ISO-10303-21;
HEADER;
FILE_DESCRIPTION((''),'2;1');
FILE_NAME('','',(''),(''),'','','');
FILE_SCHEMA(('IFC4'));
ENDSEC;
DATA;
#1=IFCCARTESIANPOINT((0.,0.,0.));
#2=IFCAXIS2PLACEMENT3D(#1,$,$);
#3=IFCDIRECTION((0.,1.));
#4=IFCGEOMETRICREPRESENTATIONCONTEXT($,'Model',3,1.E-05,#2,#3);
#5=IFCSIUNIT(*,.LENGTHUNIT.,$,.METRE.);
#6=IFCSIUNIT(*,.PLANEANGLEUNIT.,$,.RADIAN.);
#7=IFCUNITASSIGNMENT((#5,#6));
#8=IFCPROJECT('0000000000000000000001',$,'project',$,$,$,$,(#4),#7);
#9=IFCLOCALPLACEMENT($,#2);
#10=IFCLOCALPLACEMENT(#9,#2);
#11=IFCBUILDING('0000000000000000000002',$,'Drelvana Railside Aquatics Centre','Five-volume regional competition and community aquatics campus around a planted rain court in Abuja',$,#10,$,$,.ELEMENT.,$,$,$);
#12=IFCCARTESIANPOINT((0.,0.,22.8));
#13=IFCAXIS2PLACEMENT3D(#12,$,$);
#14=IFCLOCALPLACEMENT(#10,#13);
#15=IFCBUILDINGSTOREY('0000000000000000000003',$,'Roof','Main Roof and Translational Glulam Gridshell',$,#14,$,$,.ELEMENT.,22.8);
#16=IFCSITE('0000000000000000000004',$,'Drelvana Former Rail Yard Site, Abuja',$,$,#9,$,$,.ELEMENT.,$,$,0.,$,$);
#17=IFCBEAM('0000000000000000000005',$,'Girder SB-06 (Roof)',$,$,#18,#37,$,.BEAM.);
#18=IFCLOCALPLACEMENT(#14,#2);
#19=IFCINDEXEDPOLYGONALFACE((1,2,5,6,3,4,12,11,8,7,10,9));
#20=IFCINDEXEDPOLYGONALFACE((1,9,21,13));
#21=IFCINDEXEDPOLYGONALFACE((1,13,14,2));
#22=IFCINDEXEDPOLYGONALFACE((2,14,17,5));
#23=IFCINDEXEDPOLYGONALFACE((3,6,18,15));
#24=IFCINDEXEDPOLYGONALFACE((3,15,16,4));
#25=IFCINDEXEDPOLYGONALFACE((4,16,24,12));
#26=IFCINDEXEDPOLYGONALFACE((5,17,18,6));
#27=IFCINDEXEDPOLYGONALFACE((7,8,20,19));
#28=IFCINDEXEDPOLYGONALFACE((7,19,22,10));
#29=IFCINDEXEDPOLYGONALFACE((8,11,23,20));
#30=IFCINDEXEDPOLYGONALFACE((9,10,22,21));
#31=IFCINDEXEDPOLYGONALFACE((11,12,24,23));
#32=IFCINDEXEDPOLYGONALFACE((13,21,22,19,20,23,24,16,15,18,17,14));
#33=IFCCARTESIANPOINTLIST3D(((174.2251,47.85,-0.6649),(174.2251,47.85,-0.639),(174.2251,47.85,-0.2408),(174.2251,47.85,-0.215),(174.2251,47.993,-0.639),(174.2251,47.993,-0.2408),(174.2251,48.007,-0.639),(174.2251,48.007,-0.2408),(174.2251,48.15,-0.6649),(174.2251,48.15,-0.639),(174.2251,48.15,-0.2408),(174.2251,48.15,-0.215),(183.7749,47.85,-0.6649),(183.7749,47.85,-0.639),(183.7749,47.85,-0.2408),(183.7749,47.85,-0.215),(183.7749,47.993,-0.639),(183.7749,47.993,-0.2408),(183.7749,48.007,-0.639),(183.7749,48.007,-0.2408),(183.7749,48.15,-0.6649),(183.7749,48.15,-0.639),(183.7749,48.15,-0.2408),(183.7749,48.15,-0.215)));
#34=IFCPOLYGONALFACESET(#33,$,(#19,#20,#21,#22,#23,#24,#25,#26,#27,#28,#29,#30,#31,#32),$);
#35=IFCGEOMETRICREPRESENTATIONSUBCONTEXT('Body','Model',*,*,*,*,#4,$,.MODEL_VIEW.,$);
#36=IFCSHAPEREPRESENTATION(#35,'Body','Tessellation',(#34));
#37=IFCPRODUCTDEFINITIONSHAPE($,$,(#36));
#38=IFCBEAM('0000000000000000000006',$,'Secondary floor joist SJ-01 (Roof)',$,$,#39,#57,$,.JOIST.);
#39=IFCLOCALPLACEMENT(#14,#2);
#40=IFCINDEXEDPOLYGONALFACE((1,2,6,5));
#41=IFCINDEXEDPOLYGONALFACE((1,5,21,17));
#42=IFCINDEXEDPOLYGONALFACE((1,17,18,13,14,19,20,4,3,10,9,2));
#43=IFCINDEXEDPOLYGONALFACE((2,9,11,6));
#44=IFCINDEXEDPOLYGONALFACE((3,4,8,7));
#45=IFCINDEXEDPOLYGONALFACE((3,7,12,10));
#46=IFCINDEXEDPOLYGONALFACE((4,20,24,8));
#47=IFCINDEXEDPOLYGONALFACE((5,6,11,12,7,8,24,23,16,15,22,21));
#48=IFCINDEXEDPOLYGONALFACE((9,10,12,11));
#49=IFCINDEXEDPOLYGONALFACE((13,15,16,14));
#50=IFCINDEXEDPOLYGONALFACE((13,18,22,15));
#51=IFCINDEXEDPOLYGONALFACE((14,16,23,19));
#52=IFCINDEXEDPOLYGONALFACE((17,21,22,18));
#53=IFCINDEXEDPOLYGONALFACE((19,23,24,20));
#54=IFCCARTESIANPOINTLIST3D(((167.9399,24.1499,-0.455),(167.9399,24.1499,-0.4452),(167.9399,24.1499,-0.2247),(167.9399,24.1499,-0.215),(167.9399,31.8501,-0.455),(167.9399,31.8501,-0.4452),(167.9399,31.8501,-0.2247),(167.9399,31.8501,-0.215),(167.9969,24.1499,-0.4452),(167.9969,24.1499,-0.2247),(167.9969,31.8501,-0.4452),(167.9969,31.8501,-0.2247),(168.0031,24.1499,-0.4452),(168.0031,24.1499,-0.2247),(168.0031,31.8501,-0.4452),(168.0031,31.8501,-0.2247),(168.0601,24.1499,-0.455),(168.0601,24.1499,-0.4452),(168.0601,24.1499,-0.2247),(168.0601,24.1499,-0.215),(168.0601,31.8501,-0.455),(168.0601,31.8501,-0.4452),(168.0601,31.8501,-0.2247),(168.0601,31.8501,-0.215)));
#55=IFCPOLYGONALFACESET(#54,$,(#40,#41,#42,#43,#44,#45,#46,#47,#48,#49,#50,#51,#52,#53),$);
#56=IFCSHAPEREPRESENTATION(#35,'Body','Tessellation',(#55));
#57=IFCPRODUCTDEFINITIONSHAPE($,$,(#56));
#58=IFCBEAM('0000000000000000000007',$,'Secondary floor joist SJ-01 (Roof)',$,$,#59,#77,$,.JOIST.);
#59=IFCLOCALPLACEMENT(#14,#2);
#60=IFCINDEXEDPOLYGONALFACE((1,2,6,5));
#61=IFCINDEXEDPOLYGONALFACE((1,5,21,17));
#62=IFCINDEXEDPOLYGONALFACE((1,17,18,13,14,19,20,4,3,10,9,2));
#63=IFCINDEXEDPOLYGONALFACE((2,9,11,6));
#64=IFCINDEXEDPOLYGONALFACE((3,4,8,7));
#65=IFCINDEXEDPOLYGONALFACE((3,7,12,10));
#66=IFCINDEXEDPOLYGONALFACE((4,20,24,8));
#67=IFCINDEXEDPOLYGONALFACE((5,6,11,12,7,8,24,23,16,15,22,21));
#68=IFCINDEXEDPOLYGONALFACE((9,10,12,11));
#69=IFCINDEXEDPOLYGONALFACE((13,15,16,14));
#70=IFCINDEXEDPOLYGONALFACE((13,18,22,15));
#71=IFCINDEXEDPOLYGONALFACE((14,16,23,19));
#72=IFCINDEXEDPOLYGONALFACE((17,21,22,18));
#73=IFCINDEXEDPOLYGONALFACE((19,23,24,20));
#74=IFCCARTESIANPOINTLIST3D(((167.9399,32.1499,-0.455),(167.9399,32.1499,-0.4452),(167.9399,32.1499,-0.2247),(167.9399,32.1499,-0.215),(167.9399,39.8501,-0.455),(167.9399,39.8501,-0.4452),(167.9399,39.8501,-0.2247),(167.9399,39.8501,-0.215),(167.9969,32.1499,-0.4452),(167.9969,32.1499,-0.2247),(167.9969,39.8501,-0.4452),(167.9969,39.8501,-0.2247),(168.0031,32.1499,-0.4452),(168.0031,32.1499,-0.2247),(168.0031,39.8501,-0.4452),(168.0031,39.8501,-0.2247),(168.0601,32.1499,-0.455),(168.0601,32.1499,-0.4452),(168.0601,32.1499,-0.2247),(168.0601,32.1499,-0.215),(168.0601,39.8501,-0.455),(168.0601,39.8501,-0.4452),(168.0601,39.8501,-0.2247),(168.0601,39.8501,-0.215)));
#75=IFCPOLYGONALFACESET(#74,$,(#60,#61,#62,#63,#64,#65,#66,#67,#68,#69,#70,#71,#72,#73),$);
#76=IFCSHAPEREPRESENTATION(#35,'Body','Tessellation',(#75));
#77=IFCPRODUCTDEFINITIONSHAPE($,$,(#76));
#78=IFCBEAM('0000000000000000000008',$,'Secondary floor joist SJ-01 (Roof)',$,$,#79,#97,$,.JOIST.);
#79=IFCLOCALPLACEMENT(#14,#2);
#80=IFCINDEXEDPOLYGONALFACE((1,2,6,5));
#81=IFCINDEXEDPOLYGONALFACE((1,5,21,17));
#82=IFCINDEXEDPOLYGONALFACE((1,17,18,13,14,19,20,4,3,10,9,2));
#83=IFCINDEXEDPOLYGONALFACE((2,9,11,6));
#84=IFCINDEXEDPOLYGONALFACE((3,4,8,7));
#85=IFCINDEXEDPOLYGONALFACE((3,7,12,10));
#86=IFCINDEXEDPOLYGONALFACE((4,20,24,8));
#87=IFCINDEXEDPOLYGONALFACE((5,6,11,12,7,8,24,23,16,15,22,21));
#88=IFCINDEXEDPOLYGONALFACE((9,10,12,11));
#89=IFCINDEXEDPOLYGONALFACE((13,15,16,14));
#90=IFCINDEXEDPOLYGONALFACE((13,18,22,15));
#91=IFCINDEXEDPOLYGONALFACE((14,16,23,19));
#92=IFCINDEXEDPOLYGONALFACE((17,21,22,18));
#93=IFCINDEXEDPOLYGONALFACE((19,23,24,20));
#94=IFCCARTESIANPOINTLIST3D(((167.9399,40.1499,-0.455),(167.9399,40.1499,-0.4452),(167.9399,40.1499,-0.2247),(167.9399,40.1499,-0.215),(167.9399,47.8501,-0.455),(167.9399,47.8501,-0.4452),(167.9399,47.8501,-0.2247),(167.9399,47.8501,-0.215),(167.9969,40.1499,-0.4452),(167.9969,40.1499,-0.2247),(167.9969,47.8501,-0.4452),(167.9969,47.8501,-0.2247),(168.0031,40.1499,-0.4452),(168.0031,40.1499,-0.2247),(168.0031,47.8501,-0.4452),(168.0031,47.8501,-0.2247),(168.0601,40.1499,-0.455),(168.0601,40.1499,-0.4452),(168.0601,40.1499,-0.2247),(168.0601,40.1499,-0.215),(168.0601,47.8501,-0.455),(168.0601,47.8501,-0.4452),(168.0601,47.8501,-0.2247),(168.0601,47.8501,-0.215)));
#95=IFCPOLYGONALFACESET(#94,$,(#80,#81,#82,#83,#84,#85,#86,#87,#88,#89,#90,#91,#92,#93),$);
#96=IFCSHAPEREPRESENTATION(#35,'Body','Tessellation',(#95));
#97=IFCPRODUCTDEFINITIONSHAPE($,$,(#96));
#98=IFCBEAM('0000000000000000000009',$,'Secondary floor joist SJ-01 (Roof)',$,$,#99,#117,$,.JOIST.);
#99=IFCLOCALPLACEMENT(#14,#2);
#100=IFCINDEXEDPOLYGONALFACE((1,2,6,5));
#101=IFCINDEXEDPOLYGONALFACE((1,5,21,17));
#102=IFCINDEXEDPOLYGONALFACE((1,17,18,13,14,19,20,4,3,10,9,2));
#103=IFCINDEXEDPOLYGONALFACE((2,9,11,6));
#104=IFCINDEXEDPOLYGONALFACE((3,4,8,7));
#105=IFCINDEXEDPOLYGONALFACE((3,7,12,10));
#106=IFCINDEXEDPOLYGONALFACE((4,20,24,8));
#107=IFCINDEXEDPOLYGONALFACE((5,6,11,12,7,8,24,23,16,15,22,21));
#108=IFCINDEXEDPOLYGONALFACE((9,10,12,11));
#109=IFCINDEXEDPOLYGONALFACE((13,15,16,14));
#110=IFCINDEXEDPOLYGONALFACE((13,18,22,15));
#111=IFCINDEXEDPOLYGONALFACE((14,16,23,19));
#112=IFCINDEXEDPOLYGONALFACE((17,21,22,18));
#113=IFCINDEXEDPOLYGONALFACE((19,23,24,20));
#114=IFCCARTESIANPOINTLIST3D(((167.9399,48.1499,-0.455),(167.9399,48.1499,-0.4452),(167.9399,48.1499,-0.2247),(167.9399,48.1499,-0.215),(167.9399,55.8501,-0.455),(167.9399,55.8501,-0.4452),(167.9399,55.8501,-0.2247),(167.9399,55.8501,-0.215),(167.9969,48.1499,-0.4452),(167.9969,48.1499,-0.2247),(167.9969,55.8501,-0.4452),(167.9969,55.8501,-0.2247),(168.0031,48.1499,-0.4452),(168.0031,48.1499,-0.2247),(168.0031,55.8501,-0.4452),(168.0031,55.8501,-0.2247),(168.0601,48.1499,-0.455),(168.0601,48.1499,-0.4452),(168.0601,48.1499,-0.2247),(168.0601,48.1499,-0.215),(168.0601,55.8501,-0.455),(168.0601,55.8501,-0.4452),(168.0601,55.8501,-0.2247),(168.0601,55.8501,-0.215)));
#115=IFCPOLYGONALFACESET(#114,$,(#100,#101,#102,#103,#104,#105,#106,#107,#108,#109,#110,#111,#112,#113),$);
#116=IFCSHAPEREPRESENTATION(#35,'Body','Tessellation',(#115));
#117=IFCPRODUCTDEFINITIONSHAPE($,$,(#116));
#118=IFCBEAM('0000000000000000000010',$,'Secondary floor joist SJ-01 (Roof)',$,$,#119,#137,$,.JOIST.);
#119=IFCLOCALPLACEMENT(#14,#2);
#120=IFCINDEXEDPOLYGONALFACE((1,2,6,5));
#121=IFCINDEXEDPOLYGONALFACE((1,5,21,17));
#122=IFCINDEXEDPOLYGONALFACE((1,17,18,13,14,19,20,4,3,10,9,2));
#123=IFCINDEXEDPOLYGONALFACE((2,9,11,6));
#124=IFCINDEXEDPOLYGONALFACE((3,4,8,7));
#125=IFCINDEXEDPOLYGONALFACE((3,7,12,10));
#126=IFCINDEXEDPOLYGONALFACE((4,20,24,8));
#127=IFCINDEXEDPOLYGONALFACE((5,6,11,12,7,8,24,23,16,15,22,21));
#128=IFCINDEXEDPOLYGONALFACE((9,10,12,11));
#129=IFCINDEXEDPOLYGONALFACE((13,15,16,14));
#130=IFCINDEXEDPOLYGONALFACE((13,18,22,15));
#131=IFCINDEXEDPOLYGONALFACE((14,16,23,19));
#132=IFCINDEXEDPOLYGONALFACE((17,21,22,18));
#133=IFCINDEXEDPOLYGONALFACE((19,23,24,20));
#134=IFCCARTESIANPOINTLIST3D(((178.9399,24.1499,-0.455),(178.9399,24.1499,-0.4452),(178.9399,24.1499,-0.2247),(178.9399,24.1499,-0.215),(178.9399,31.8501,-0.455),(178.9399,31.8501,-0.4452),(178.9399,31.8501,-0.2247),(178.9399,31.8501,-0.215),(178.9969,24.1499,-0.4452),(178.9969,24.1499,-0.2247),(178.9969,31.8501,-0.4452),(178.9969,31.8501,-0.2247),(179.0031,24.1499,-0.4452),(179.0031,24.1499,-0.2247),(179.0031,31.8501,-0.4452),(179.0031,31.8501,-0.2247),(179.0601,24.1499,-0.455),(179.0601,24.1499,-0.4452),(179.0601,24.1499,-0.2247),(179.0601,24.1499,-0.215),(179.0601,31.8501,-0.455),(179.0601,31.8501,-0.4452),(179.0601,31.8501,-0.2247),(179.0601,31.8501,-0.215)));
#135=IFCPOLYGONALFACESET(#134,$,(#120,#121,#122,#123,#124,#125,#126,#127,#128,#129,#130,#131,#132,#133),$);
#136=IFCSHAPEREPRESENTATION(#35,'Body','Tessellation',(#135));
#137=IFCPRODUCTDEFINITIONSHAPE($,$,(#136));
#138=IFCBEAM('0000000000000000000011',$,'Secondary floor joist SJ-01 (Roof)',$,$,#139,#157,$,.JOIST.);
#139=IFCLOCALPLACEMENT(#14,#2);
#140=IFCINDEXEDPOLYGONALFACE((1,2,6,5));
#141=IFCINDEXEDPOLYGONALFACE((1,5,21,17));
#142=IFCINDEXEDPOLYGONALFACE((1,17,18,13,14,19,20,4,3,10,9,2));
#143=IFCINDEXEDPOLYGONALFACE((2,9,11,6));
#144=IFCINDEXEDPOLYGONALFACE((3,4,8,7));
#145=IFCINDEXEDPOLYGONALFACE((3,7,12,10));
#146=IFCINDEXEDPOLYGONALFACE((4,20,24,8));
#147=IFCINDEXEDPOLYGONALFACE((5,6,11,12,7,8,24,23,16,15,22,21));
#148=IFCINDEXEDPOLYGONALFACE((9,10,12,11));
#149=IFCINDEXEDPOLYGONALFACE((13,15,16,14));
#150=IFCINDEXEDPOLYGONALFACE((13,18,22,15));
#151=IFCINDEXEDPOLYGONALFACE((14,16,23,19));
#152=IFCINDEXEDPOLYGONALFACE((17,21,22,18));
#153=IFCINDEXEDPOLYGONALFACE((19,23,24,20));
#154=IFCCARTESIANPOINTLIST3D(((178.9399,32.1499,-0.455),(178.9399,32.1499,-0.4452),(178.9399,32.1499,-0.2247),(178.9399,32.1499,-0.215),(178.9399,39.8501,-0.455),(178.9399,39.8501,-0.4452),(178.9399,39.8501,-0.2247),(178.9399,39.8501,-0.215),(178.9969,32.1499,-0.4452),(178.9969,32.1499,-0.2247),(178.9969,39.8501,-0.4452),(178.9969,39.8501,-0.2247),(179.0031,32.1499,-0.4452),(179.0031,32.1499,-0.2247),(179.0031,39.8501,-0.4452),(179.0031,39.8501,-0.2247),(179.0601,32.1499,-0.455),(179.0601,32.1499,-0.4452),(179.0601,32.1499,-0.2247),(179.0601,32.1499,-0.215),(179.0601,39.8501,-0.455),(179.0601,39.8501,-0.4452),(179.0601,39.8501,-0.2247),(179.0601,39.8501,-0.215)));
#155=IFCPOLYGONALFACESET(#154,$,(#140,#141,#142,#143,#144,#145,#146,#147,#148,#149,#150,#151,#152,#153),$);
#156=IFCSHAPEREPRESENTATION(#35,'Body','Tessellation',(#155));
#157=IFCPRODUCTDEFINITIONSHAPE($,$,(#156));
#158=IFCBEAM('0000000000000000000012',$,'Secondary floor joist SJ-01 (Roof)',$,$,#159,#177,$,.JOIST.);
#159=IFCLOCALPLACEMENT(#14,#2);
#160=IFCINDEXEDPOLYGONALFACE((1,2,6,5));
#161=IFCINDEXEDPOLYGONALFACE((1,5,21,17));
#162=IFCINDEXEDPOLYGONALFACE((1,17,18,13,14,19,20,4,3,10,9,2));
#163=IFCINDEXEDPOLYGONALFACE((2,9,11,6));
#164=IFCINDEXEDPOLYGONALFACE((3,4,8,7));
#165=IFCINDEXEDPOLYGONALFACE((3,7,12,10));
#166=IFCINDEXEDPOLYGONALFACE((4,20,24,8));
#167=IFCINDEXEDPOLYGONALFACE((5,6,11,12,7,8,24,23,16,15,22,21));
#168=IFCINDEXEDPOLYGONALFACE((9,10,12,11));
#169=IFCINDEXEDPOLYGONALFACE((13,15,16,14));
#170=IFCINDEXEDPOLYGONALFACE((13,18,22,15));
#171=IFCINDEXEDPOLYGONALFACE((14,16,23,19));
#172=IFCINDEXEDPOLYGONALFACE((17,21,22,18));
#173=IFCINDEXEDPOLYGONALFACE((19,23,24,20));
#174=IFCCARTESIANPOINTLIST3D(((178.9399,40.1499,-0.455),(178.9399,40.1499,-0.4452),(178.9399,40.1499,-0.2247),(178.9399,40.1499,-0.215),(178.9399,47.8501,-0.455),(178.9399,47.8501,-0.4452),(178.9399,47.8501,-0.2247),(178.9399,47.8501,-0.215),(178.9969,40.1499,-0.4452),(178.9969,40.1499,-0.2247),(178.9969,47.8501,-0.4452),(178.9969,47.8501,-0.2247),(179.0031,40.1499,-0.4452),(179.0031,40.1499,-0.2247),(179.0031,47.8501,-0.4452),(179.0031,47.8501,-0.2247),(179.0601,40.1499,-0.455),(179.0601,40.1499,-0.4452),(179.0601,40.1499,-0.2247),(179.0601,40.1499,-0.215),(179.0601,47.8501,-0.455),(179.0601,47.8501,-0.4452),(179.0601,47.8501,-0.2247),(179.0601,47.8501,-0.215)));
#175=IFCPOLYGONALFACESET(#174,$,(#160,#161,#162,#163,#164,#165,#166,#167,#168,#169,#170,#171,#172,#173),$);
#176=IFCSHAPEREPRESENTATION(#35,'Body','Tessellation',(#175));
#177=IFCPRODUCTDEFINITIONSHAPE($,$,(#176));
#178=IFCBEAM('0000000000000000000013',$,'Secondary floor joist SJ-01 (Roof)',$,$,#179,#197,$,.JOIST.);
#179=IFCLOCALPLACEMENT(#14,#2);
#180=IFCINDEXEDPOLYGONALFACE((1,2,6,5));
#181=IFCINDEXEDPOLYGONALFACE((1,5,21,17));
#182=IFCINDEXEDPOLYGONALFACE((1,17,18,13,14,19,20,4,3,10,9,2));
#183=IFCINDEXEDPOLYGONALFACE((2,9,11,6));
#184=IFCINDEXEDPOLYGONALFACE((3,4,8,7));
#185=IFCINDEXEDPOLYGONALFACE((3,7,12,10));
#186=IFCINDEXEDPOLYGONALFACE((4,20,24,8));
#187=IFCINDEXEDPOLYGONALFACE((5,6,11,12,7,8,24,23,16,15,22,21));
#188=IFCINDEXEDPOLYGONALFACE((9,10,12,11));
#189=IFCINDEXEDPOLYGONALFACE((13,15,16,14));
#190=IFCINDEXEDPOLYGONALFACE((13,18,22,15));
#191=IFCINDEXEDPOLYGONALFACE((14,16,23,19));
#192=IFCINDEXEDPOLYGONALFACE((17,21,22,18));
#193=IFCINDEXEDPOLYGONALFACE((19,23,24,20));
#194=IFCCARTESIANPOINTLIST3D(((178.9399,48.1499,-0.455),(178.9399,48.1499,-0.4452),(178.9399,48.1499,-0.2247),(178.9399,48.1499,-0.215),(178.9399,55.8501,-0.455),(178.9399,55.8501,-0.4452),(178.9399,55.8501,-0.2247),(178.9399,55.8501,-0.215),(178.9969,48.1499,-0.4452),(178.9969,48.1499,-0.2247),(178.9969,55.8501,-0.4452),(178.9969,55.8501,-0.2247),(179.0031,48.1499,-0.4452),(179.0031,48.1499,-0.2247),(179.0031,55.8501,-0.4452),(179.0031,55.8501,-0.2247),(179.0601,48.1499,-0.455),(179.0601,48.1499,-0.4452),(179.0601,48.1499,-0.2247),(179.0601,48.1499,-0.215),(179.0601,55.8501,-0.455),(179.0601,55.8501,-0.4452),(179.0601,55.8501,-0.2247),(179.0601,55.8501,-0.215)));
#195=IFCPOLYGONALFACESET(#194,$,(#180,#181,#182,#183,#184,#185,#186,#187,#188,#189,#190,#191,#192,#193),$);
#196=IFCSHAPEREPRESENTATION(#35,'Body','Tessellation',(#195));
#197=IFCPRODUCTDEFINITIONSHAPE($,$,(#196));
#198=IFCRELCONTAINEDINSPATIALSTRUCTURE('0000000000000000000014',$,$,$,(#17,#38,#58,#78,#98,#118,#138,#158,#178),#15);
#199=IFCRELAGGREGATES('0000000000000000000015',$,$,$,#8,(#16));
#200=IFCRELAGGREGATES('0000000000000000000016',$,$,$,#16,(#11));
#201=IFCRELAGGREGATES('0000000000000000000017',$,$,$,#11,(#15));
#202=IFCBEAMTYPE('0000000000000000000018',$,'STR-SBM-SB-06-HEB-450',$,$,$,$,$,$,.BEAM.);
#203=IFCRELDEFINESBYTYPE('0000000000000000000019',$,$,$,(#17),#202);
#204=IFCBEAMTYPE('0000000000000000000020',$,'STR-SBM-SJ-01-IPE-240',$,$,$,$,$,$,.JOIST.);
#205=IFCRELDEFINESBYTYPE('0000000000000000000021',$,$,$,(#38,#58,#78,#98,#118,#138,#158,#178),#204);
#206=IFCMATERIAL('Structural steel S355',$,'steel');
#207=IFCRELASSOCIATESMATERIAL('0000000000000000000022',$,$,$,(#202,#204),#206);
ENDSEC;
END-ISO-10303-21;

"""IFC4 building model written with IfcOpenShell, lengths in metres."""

from ifc_helpers import new_model, si_unit, direction, frame, origin, origin_2d, place, context, subcontext, project, spatial, i_section, extrude, material, material_profile, profile_set, type_object, element, save


model = new_model("IFC4")

# Units and contexts
model_context = context("Model", 3, precision=1e-05, world=origin(), true_north=direction((0.0, 1.0)))
body_context = subcontext(model_context, "Body", "Model", "MODEL_VIEW")
ifc_project = project(units=[si_unit("LENGTHUNIT", "METRE"), si_unit("PLANEANGLEUNIT", "RADIAN")], contexts=[model_context])

# Site, building, storey
site_placement = place(None, origin())
site = spatial("IfcSite", under=ifc_project, at=site_placement, Name="Drelvana Former Rail Yard Site, Abuja", CompositionType="ELEMENT", RefElevation=0.0)
building_placement = place(site_placement, origin())
building = spatial("IfcBuilding", under=site, at=building_placement, Name="Drelvana Railside Aquatics Centre", Description="Five-volume regional competition and community aquatics campus around a planted rain court in Abuja", CompositionType="ELEMENT")
storey_placement = place(building_placement, frame((0.0, 0.0, 22.8)))
storey = spatial("IfcBuildingStorey", under=building, at=storey_placement, Name="Roof", Description="Main Roof and Translational Glulam Gridshell", CompositionType="ELEMENT", Elevation=22.8)

# Beams
ifc_material = material(Name="Structural steel S355", Category="steel")
ifc_material_profile_1 = material_profile(ifc_material, i_section(OverallWidth=0.3, OverallDepth=0.45, WebThickness=0.0139, FlangeThickness=0.0259, at=origin_2d()), Name="HEB 450")
ifc_profile_set_1 = profile_set([ifc_material_profile_1], Name="Structural steel S355")
beam_type_1 = type_object("IfcBeamType", Name="STR-SBM-SB-06-HEB-450", PredefinedType="BEAM", material=ifc_profile_set_1)
beam_1_placement = place(storey_placement, frame((174.2251, 48.0, -0.4399), z_axis=(1.0, 0.0, 0.0), x_axis=(0.0, 1.0, 0.0)))
element("IfcBeam", 1, at=beam_1_placement, inside=storey, type_object=beam_type_1, Name="Girder SB-06 (Roof)", PredefinedType="BEAM", context=body_context, shape_type="SweptSolid", body=[
    extrude(i_section(OverallWidth=0.3, OverallDepth=0.45, WebThickness=0.0139, FlangeThickness=0.0259, at=origin_2d()), origin(), (0.0, 0.0, 1.0), 9.5498),
])
ifc_material_profile_2 = material_profile(ifc_material, i_section(OverallWidth=0.1201, OverallDepth=0.24, WebThickness=0.0061, FlangeThickness=0.0098, at=origin_2d()), Name="IPE 240")
ifc_profile_set_2 = profile_set([ifc_material_profile_2], Name="Structural steel S355")
beam_type_2 = type_object("IfcBeamType", Name="STR-SBM-SJ-01-IPE-240", PredefinedType="JOIST", material=ifc_profile_set_2)
for number, where, z_axis, x_axis, name in (
    (2, (168.0, 24.1499, -0.335), (0.0, 1.0, 0.0), (-1.0, 0.0, 0.0), "Secondary floor joist SJ-01 (Roof)"),
    (3, (168.0, 32.1499, -0.335), (0.0, 1.0, 0.0), (-1.0, 0.0, 0.0), "Secondary floor joist SJ-01 (Roof)"),
    (4, (168.0, 40.1499, -0.335), (0.0, 1.0, 0.0), (-1.0, 0.0, 0.0), "Secondary floor joist SJ-01 (Roof)"),
    (5, (168.0, 48.1499, -0.335), (0.0, 1.0, 0.0), (-1.0, 0.0, 0.0), "Secondary floor joist SJ-01 (Roof)"),
    (6, (179.0, 24.1499, -0.335), (0.0, 1.0, 0.0), (-1.0, 0.0, 0.0), "Secondary floor joist SJ-01 (Roof)"),
    (7, (179.0, 32.1499, -0.335), (0.0, 1.0, 0.0), (-1.0, 0.0, 0.0), "Secondary floor joist SJ-01 (Roof)"),
    (8, (179.0, 40.1499, -0.335), (0.0, 1.0, 0.0), (-1.0, 0.0, 0.0), "Secondary floor joist SJ-01 (Roof)"),
    (9, (179.0, 48.1499, -0.335), (0.0, 1.0, 0.0), (-1.0, 0.0, 0.0), "Secondary floor joist SJ-01 (Roof)"),
):
    element("IfcBeam", number, at=place(storey_placement, frame(where, z_axis=z_axis, x_axis=x_axis)), inside=storey, type_object=beam_type_2, Name=name, PredefinedType="JOIST", context=body_context, shape_type="SweptSolid", body=[
        extrude(i_section(OverallWidth=0.1201, OverallDepth=0.24, WebThickness=0.0061, FlangeThickness=0.0098, at=origin_2d()), origin(), (0.0, 0.0, 1.0), 7.7002),
    ])

save(model, "model.ifc")
